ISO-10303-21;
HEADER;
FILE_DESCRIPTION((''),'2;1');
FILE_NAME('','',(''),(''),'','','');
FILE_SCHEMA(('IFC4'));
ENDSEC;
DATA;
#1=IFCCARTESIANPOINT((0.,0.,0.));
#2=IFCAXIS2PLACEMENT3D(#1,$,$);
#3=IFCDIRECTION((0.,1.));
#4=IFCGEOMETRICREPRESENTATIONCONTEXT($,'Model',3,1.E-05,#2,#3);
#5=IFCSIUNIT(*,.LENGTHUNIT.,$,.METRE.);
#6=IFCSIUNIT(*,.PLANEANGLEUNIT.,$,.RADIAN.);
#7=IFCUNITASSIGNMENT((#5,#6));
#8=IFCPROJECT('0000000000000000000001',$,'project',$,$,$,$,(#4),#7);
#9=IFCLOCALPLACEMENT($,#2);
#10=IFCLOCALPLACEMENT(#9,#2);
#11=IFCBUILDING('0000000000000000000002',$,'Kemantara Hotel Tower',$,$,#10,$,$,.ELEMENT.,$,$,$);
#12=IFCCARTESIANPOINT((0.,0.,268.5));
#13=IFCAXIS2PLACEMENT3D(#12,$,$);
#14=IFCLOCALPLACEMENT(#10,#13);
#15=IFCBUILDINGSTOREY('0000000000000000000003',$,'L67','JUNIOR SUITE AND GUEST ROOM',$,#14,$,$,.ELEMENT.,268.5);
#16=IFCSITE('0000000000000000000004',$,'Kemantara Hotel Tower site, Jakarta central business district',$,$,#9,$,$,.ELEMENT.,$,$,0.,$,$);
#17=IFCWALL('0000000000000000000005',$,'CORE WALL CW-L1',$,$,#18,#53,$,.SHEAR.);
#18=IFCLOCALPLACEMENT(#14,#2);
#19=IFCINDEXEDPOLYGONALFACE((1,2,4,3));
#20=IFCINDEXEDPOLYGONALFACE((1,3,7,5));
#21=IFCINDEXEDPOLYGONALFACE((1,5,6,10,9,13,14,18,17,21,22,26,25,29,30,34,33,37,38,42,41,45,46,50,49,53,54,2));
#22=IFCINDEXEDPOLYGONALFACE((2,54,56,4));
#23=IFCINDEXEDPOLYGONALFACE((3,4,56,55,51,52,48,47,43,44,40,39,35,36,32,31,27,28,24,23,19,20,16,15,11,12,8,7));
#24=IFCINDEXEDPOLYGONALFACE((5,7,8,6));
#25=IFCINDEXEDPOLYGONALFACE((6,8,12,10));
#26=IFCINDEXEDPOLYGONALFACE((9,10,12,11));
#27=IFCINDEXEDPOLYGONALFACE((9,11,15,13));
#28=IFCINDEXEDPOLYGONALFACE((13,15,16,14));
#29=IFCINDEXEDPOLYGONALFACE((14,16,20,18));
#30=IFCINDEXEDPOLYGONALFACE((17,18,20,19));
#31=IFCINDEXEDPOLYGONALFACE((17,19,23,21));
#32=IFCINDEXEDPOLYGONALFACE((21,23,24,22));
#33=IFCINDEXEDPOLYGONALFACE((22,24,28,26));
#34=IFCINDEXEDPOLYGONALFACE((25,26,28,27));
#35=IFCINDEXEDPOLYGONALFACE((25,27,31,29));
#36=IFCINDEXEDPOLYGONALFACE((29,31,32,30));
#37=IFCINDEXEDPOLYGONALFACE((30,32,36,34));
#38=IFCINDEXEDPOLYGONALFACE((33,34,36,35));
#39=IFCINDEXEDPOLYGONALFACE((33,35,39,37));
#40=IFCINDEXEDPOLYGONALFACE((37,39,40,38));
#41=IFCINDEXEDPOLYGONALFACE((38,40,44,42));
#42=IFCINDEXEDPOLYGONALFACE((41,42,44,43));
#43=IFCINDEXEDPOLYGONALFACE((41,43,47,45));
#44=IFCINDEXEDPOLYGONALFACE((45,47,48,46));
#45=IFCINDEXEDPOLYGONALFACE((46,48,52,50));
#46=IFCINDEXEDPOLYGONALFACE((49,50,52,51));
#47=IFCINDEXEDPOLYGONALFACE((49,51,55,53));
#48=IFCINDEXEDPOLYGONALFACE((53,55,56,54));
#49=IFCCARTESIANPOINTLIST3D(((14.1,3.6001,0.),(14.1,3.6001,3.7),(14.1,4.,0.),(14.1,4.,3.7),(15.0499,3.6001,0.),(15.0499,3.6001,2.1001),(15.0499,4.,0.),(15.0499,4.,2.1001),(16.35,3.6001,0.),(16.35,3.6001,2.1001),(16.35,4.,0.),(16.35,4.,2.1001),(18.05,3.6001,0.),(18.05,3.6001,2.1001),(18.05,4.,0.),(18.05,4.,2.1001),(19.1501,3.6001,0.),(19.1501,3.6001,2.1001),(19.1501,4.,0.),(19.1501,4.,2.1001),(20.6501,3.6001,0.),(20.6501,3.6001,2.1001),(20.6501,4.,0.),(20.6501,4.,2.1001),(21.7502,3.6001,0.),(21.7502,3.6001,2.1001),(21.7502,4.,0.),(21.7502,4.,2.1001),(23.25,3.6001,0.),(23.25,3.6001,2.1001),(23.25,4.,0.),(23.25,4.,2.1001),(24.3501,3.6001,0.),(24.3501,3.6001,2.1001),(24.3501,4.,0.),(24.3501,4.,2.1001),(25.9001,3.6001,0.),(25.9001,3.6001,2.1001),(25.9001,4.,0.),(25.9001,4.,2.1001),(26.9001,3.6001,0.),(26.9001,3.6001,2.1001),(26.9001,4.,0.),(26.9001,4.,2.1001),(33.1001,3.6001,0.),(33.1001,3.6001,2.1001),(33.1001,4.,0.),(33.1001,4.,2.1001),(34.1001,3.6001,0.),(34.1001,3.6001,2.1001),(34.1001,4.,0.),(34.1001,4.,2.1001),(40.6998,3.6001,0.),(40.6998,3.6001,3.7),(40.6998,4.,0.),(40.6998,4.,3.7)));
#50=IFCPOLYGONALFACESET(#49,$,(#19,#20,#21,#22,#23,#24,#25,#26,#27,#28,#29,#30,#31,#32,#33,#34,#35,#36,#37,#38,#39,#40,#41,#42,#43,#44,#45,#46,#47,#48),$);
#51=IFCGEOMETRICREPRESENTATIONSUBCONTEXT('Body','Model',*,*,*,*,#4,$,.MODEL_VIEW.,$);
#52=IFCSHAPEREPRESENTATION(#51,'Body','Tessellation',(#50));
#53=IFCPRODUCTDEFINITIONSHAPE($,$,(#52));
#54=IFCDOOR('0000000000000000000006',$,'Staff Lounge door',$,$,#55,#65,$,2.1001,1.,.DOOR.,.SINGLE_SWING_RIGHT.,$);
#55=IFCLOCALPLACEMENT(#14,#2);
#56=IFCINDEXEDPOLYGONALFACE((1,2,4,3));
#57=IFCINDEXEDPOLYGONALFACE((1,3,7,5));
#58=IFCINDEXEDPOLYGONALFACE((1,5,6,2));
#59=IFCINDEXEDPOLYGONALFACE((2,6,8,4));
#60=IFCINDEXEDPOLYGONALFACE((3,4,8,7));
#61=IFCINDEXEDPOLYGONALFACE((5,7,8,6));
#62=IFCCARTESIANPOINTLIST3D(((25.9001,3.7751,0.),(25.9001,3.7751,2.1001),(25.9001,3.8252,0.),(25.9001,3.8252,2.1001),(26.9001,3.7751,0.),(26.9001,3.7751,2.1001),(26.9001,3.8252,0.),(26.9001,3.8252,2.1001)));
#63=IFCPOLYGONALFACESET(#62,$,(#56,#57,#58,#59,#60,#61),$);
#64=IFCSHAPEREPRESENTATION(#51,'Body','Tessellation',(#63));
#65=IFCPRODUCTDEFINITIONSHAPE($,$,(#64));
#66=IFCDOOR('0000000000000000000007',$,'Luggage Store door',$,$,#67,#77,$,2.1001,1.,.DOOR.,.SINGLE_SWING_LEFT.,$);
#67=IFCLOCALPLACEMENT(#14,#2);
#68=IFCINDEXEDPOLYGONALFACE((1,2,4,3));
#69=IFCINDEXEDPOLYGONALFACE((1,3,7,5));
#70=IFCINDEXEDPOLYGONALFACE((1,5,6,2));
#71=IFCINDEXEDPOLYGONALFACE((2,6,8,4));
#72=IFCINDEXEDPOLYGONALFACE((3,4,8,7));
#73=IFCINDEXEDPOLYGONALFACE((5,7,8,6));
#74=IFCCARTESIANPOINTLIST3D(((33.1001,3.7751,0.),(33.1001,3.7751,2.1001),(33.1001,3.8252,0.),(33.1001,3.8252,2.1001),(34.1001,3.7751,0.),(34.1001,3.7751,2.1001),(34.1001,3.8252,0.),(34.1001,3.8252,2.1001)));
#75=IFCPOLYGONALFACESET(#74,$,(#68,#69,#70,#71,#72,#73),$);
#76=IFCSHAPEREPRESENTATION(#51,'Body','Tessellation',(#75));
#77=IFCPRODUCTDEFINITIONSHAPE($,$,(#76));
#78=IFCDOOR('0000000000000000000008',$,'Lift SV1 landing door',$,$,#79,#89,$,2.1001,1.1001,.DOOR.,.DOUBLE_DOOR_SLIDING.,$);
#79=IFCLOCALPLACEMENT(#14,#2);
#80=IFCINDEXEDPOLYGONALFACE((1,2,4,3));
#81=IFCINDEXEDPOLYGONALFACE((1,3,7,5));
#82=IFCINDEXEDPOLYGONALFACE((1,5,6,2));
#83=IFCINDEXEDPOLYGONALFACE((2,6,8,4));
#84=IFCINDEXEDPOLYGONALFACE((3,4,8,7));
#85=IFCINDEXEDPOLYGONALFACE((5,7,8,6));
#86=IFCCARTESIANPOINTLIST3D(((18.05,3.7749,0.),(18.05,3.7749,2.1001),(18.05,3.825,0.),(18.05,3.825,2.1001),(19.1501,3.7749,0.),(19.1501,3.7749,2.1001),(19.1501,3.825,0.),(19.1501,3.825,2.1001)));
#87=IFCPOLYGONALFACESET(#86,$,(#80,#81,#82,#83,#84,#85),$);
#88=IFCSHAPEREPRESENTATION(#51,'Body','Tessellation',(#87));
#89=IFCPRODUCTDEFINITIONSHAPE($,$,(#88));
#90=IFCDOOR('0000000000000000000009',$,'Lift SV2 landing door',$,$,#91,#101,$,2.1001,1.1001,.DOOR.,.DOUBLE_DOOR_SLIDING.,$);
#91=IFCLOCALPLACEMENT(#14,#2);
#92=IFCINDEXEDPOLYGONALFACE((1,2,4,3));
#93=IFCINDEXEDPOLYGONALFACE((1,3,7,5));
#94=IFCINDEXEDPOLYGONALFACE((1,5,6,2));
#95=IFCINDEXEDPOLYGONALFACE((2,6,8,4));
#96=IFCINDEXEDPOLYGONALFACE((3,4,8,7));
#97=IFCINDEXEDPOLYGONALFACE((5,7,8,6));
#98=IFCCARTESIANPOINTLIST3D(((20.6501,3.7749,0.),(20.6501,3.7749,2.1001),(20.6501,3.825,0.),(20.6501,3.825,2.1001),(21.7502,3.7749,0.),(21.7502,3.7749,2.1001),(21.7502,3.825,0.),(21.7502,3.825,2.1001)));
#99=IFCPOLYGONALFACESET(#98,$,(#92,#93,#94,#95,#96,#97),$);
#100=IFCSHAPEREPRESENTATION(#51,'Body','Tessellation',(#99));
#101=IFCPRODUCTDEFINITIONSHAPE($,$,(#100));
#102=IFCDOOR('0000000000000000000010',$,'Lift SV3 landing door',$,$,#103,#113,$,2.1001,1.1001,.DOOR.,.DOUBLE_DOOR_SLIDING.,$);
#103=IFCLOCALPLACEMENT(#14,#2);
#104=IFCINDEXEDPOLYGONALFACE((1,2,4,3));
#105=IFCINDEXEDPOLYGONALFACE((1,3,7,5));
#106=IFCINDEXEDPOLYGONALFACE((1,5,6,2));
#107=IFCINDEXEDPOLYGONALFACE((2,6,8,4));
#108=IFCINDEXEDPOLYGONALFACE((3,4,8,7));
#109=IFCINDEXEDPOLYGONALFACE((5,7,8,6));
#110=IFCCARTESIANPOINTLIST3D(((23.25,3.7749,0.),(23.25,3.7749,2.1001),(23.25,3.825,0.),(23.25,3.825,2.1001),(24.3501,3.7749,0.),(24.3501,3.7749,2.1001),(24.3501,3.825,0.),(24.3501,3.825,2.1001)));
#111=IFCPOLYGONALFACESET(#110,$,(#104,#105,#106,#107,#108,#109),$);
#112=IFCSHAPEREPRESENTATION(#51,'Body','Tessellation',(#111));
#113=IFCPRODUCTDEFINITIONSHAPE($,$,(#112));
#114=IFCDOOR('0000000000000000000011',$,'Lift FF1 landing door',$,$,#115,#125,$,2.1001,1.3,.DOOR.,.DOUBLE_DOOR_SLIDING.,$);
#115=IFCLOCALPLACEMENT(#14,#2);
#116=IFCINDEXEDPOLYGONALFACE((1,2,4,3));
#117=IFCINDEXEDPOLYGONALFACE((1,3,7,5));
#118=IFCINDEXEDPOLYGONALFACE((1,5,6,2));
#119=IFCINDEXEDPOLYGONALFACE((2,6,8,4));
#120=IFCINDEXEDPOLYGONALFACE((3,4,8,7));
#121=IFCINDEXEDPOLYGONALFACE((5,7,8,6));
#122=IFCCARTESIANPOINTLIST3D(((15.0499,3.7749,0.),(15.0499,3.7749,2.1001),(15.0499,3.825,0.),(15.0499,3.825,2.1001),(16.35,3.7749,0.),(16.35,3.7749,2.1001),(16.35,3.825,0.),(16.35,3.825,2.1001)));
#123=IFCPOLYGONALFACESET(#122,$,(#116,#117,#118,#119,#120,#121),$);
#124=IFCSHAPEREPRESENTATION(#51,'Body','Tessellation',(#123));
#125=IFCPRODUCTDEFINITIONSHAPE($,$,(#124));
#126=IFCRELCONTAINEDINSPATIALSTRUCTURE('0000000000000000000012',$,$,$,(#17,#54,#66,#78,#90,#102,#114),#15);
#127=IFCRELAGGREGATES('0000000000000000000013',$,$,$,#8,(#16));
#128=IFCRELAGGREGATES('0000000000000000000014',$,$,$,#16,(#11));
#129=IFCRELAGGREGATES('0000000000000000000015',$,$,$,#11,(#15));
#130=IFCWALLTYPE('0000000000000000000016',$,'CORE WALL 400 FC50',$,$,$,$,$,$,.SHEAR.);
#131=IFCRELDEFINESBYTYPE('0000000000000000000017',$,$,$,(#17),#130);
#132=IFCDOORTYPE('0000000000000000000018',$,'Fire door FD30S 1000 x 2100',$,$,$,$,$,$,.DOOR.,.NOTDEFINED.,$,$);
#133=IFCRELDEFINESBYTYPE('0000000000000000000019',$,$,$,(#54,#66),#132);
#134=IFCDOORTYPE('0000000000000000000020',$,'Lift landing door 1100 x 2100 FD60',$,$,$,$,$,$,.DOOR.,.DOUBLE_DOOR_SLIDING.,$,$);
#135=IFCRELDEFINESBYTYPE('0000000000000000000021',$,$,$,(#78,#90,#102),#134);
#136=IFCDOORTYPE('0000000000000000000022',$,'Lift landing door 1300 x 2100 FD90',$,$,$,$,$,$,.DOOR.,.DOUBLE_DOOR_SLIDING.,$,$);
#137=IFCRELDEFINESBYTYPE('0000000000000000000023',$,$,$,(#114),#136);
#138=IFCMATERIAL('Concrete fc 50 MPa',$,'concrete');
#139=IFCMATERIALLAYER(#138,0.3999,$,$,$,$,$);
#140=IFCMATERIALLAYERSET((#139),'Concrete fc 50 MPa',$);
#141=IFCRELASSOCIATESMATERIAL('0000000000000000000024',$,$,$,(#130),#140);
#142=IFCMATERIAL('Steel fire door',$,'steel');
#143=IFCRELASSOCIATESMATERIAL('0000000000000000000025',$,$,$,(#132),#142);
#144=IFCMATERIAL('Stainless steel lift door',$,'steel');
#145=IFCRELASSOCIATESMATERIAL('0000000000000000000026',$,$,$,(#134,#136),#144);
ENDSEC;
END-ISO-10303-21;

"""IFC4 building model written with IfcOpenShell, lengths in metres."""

from ifc_helpers import new_model, si_unit, direction, frame, frame_2d, origin, place, context, subcontext, project, spatial, rectangle, extrude, material, layer, layer_set, type_object, element, fill, save


model = new_model("IFC4")

# Units and contexts
model_context = context("Model", 3, precision=1e-05, world=origin(), true_north=direction((0.0, 1.0)))
body_context = subcontext(model_context, "Body", "Model", "MODEL_VIEW")
ifc_project = project(units=[si_unit("LENGTHUNIT", "METRE"), si_unit("PLANEANGLEUNIT", "RADIAN")], contexts=[model_context])

# Site, building, storey
site_placement = place(None, origin())
site = spatial("IfcSite", under=ifc_project, at=site_placement, Name="Kemantara Hotel Tower site, Jakarta central business district", CompositionType="ELEMENT", RefElevation=0.0)
building_placement = place(site_placement, origin())
building = spatial("IfcBuilding", under=site, at=building_placement, Name="Kemantara Hotel Tower", CompositionType="ELEMENT")
storey_placement = place(building_placement, frame((0.0, 0.0, 268.5)))
storey = spatial("IfcBuildingStorey", under=building, at=storey_placement, Name="L67", Description="JUNIOR SUITE AND GUEST ROOM", CompositionType="ELEMENT", Elevation=268.5)

# Shared definitions
ifc_material_1 = material(Name="Concrete fc 50 MPa", Category="concrete")

# Shared definitions
ifc_layer_1 = layer(ifc_material_1, 0.3999)
ifc_layer_set_1 = layer_set([ifc_layer_1], Name="Concrete fc 50 MPa")
wall_type_1 = type_object("IfcWallType", Name="CORE WALL 400 FC50", PredefinedType="SHEAR", material=ifc_layer_set_1)
ifc_material_2 = material(Name="Steel fire door", Category="steel")
door_type_1 = type_object("IfcDoorType", Name="Fire door FD30S 1000 x 2100", OperationType="NOTDEFINED", PredefinedType="DOOR", material=ifc_material_2)

# Wall, openings, doors
wall_1_placement = place(storey_placement, frame((14.1001, 3.8, 0.0), z_axis=(0.0, 0.0, 1.0), x_axis=(1.0, 0.0, 0.0)))
wall_1 = element("IfcWall", 1, at=wall_1_placement, inside=storey, type_object=wall_type_1, Name="CORE WALL CW-L1", PredefinedType="SHEAR", context=body_context, shape_type="SweptSolid", body=[
    extrude(rectangle(XDim=26.5999, YDim=0.3999, at=frame_2d((13.2998, 0.0))), origin(), (0.0, 0.0, 1.0), 3.7),
])
opening_1_placement = place(wall_1_placement, frame((0.95, 0.0, 0.0)))
opening_1 = element("IfcOpeningElement", 2, at=opening_1_placement, cuts=wall_1, PredefinedType="OPENING", context=body_context, shape_type="SweptSolid", body=[
    extrude(rectangle(XDim=1.3, YDim=2.1001, at=frame_2d((0.6499, 1.05))), frame((0.0, 0.21, 0.0), z_axis=(0.0, -1.0, 0.0), x_axis=(1.0, 0.0, 0.0)), (0.0, 0.0, 1.0), 0.4199),
])
opening_2_placement = place(wall_1_placement, frame((3.95, 0.0, 0.0)))
opening_2 = element("IfcOpeningElement", 3, at=opening_2_placement, cuts=wall_1, PredefinedType="OPENING", context=body_context, shape_type="SweptSolid", body=[
    extrude(rectangle(XDim=1.1001, YDim=2.1001, at=frame_2d((0.55, 1.05))), frame((0.0, 0.21, 0.0), z_axis=(0.0, -1.0, 0.0), x_axis=(1.0, 0.0, 0.0)), (0.0, 0.0, 1.0), 0.4199),
])
opening_3_placement = place(wall_1_placement, frame((6.55, 0.0, 0.0)))
opening_3 = element("IfcOpeningElement", 4, at=opening_3_placement, cuts=wall_1, PredefinedType="OPENING", context=body_context, shape_type="SweptSolid", body=[
    extrude(rectangle(XDim=1.1001, YDim=2.1001, at=frame_2d((0.55, 1.05))), frame((0.0, 0.21, 0.0), z_axis=(0.0, -1.0, 0.0), x_axis=(1.0, 0.0, 0.0)), (0.0, 0.0, 1.0), 0.4199),
])
opening_4_placement = place(wall_1_placement, frame((9.1499, 0.0, 0.0)))
opening_4 = element("IfcOpeningElement", 5, at=opening_4_placement, cuts=wall_1, PredefinedType="OPENING", context=body_context, shape_type="SweptSolid", body=[
    extrude(rectangle(XDim=1.1001, YDim=2.1001, at=frame_2d((0.55, 1.05))), frame((0.0, 0.21, 0.0), z_axis=(0.0, -1.0, 0.0), x_axis=(1.0, 0.0, 0.0)), (0.0, 0.0, 1.0), 0.4199),
])
opening_5_placement = place(wall_1_placement, frame((11.8, 0.0, 0.0)))
opening_5 = element("IfcOpeningElement", 6, at=opening_5_placement, cuts=wall_1, PredefinedType="OPENING", context=body_context, shape_type="SweptSolid", body=[
    extrude(rectangle(XDim=1.0, YDim=2.1001, at=frame_2d((0.5, 1.05))), frame((0.0, 0.21, 0.0), z_axis=(0.0, -1.0, 0.0), x_axis=(1.0, 0.0, 0.0)), (0.0, 0.0, 1.0), 0.4199),
])
opening_6_placement = place(wall_1_placement, frame((19.0, 0.0, 0.0)))
opening_6 = element("IfcOpeningElement", 7, at=opening_6_placement, cuts=wall_1, PredefinedType="OPENING", context=body_context, shape_type="SweptSolid", body=[
    extrude(rectangle(XDim=1.0, YDim=2.1001, at=frame_2d((0.5, 1.05))), frame((0.0, 0.21, 0.0), z_axis=(0.0, -1.0, 0.0), x_axis=(1.0, 0.0, 0.0)), (0.0, 0.0, 1.0), 0.4199),
])
door_1_placement = place(opening_5_placement, frame((1.0, 0.0, 0.0), z_axis=(0.0, 0.0, 1.0), x_axis=(-1.0, 0.0, 0.0)))
door_1 = element("IfcDoor", 8, at=door_1_placement, inside=storey, type_object=door_type_1, Name="Staff Lounge door", OperationType="SINGLE_SWING_RIGHT", OverallHeight=2.1001, OverallWidth=1.0, PredefinedType="DOOR", context=body_context, shape_type="SweptSolid", body=[
    extrude(rectangle(XDim=1.0, YDim=2.1001, at=frame_2d((0.5, 1.05))), frame((0.0, 0.0249, 0.0), z_axis=(0.0, -1.0, 0.0), x_axis=(1.0, 0.0, 0.0)), (0.0, 0.0, 1.0), 0.05),
])
fill(opening_5, door_1)
door_2_placement = place(opening_6_placement, frame((1.0, 0.0, 0.0), z_axis=(0.0, 0.0, 1.0), x_axis=(-1.0, 0.0, 0.0)))
door_2 = element("IfcDoor", 9, at=door_2_placement, inside=storey, type_object=door_type_1, Name="Luggage Store door", OperationType="SINGLE_SWING_LEFT", OverallHeight=2.1001, OverallWidth=1.0, PredefinedType="DOOR", context=body_context, shape_type="SweptSolid", body=[
    extrude(rectangle(XDim=1.0, YDim=2.1001, at=frame_2d((0.5, 1.05))), frame((0.0, 0.0249, 0.0), z_axis=(0.0, -1.0, 0.0), x_axis=(1.0, 0.0, 0.0)), (0.0, 0.0, 1.0), 0.05),
])
fill(opening_6, door_2)
ifc_material_3 = material(Name="Stainless steel lift door", Category="steel")
door_type_2 = type_object("IfcDoorType", Name="Lift landing door 1100 x 2100 FD60", OperationType="DOUBLE_DOOR_SLIDING", PredefinedType="DOOR", material=ifc_material_3)
door_3_placement = place(opening_2_placement, origin())
door_3 = element("IfcDoor", 10, at=door_3_placement, inside=storey, type_object=door_type_2, Name="Lift SV1 landing door", OperationType="DOUBLE_DOOR_SLIDING", OverallHeight=2.1001, OverallWidth=1.1001, PredefinedType="DOOR", context=body_context, shape_type="SweptSolid", body=[
    extrude(rectangle(XDim=1.1001, YDim=2.1001, at=frame_2d((0.55, 1.05))), frame((0.0, 0.0249, 0.0), z_axis=(0.0, -1.0, 0.0), x_axis=(1.0, 0.0, 0.0)), (0.0, 0.0, 1.0), 0.05),
])
fill(opening_2, door_3)
door_4_placement = place(opening_3_placement, origin())
door_4 = element("IfcDoor", 11, at=door_4_placement, inside=storey, type_object=door_type_2, Name="Lift SV2 landing door", OperationType="DOUBLE_DOOR_SLIDING", OverallHeight=2.1001, OverallWidth=1.1001, PredefinedType="DOOR", context=body_context, shape_type="SweptSolid", body=[
    extrude(rectangle(XDim=1.1001, YDim=2.1001, at=frame_2d((0.55, 1.05))), frame((0.0, 0.0249, 0.0), z_axis=(0.0, -1.0, 0.0), x_axis=(1.0, 0.0, 0.0)), (0.0, 0.0, 1.0), 0.05),
])
fill(opening_3, door_4)
door_5_placement = place(opening_4_placement, origin())
door_5 = element("IfcDoor", 12, at=door_5_placement, inside=storey, type_object=door_type_2, Name="Lift SV3 landing door", OperationType="DOUBLE_DOOR_SLIDING", OverallHeight=2.1001, OverallWidth=1.1001, PredefinedType="DOOR", context=body_context, shape_type="SweptSolid", body=[
    extrude(rectangle(XDim=1.1001, YDim=2.1001, at=frame_2d((0.55, 1.05))), frame((0.0, 0.0249, 0.0), z_axis=(0.0, -1.0, 0.0), x_axis=(1.0, 0.0, 0.0)), (0.0, 0.0, 1.0), 0.05),
])
fill(opening_4, door_5)
door_type_3 = type_object("IfcDoorType", Name="Lift landing door 1300 x 2100 FD90", OperationType="DOUBLE_DOOR_SLIDING", PredefinedType="DOOR", material=ifc_material_3)
door_6_placement = place(opening_1_placement, origin())
door_6 = element("IfcDoor", 13, at=door_6_placement, inside=storey, type_object=door_type_3, Name="Lift FF1 landing door", OperationType="DOUBLE_DOOR_SLIDING", OverallHeight=2.1001, OverallWidth=1.3, PredefinedType="DOOR", context=body_context, shape_type="SweptSolid", body=[
    extrude(rectangle(XDim=1.3, YDim=2.1001, at=frame_2d((0.6499, 1.05))), frame((0.0, 0.0249, 0.0), z_axis=(0.0, -1.0, 0.0), x_axis=(1.0, 0.0, 0.0)), (0.0, 0.0, 1.0), 0.05),
])
fill(opening_1, door_6)

save(model, "model.ifc")
